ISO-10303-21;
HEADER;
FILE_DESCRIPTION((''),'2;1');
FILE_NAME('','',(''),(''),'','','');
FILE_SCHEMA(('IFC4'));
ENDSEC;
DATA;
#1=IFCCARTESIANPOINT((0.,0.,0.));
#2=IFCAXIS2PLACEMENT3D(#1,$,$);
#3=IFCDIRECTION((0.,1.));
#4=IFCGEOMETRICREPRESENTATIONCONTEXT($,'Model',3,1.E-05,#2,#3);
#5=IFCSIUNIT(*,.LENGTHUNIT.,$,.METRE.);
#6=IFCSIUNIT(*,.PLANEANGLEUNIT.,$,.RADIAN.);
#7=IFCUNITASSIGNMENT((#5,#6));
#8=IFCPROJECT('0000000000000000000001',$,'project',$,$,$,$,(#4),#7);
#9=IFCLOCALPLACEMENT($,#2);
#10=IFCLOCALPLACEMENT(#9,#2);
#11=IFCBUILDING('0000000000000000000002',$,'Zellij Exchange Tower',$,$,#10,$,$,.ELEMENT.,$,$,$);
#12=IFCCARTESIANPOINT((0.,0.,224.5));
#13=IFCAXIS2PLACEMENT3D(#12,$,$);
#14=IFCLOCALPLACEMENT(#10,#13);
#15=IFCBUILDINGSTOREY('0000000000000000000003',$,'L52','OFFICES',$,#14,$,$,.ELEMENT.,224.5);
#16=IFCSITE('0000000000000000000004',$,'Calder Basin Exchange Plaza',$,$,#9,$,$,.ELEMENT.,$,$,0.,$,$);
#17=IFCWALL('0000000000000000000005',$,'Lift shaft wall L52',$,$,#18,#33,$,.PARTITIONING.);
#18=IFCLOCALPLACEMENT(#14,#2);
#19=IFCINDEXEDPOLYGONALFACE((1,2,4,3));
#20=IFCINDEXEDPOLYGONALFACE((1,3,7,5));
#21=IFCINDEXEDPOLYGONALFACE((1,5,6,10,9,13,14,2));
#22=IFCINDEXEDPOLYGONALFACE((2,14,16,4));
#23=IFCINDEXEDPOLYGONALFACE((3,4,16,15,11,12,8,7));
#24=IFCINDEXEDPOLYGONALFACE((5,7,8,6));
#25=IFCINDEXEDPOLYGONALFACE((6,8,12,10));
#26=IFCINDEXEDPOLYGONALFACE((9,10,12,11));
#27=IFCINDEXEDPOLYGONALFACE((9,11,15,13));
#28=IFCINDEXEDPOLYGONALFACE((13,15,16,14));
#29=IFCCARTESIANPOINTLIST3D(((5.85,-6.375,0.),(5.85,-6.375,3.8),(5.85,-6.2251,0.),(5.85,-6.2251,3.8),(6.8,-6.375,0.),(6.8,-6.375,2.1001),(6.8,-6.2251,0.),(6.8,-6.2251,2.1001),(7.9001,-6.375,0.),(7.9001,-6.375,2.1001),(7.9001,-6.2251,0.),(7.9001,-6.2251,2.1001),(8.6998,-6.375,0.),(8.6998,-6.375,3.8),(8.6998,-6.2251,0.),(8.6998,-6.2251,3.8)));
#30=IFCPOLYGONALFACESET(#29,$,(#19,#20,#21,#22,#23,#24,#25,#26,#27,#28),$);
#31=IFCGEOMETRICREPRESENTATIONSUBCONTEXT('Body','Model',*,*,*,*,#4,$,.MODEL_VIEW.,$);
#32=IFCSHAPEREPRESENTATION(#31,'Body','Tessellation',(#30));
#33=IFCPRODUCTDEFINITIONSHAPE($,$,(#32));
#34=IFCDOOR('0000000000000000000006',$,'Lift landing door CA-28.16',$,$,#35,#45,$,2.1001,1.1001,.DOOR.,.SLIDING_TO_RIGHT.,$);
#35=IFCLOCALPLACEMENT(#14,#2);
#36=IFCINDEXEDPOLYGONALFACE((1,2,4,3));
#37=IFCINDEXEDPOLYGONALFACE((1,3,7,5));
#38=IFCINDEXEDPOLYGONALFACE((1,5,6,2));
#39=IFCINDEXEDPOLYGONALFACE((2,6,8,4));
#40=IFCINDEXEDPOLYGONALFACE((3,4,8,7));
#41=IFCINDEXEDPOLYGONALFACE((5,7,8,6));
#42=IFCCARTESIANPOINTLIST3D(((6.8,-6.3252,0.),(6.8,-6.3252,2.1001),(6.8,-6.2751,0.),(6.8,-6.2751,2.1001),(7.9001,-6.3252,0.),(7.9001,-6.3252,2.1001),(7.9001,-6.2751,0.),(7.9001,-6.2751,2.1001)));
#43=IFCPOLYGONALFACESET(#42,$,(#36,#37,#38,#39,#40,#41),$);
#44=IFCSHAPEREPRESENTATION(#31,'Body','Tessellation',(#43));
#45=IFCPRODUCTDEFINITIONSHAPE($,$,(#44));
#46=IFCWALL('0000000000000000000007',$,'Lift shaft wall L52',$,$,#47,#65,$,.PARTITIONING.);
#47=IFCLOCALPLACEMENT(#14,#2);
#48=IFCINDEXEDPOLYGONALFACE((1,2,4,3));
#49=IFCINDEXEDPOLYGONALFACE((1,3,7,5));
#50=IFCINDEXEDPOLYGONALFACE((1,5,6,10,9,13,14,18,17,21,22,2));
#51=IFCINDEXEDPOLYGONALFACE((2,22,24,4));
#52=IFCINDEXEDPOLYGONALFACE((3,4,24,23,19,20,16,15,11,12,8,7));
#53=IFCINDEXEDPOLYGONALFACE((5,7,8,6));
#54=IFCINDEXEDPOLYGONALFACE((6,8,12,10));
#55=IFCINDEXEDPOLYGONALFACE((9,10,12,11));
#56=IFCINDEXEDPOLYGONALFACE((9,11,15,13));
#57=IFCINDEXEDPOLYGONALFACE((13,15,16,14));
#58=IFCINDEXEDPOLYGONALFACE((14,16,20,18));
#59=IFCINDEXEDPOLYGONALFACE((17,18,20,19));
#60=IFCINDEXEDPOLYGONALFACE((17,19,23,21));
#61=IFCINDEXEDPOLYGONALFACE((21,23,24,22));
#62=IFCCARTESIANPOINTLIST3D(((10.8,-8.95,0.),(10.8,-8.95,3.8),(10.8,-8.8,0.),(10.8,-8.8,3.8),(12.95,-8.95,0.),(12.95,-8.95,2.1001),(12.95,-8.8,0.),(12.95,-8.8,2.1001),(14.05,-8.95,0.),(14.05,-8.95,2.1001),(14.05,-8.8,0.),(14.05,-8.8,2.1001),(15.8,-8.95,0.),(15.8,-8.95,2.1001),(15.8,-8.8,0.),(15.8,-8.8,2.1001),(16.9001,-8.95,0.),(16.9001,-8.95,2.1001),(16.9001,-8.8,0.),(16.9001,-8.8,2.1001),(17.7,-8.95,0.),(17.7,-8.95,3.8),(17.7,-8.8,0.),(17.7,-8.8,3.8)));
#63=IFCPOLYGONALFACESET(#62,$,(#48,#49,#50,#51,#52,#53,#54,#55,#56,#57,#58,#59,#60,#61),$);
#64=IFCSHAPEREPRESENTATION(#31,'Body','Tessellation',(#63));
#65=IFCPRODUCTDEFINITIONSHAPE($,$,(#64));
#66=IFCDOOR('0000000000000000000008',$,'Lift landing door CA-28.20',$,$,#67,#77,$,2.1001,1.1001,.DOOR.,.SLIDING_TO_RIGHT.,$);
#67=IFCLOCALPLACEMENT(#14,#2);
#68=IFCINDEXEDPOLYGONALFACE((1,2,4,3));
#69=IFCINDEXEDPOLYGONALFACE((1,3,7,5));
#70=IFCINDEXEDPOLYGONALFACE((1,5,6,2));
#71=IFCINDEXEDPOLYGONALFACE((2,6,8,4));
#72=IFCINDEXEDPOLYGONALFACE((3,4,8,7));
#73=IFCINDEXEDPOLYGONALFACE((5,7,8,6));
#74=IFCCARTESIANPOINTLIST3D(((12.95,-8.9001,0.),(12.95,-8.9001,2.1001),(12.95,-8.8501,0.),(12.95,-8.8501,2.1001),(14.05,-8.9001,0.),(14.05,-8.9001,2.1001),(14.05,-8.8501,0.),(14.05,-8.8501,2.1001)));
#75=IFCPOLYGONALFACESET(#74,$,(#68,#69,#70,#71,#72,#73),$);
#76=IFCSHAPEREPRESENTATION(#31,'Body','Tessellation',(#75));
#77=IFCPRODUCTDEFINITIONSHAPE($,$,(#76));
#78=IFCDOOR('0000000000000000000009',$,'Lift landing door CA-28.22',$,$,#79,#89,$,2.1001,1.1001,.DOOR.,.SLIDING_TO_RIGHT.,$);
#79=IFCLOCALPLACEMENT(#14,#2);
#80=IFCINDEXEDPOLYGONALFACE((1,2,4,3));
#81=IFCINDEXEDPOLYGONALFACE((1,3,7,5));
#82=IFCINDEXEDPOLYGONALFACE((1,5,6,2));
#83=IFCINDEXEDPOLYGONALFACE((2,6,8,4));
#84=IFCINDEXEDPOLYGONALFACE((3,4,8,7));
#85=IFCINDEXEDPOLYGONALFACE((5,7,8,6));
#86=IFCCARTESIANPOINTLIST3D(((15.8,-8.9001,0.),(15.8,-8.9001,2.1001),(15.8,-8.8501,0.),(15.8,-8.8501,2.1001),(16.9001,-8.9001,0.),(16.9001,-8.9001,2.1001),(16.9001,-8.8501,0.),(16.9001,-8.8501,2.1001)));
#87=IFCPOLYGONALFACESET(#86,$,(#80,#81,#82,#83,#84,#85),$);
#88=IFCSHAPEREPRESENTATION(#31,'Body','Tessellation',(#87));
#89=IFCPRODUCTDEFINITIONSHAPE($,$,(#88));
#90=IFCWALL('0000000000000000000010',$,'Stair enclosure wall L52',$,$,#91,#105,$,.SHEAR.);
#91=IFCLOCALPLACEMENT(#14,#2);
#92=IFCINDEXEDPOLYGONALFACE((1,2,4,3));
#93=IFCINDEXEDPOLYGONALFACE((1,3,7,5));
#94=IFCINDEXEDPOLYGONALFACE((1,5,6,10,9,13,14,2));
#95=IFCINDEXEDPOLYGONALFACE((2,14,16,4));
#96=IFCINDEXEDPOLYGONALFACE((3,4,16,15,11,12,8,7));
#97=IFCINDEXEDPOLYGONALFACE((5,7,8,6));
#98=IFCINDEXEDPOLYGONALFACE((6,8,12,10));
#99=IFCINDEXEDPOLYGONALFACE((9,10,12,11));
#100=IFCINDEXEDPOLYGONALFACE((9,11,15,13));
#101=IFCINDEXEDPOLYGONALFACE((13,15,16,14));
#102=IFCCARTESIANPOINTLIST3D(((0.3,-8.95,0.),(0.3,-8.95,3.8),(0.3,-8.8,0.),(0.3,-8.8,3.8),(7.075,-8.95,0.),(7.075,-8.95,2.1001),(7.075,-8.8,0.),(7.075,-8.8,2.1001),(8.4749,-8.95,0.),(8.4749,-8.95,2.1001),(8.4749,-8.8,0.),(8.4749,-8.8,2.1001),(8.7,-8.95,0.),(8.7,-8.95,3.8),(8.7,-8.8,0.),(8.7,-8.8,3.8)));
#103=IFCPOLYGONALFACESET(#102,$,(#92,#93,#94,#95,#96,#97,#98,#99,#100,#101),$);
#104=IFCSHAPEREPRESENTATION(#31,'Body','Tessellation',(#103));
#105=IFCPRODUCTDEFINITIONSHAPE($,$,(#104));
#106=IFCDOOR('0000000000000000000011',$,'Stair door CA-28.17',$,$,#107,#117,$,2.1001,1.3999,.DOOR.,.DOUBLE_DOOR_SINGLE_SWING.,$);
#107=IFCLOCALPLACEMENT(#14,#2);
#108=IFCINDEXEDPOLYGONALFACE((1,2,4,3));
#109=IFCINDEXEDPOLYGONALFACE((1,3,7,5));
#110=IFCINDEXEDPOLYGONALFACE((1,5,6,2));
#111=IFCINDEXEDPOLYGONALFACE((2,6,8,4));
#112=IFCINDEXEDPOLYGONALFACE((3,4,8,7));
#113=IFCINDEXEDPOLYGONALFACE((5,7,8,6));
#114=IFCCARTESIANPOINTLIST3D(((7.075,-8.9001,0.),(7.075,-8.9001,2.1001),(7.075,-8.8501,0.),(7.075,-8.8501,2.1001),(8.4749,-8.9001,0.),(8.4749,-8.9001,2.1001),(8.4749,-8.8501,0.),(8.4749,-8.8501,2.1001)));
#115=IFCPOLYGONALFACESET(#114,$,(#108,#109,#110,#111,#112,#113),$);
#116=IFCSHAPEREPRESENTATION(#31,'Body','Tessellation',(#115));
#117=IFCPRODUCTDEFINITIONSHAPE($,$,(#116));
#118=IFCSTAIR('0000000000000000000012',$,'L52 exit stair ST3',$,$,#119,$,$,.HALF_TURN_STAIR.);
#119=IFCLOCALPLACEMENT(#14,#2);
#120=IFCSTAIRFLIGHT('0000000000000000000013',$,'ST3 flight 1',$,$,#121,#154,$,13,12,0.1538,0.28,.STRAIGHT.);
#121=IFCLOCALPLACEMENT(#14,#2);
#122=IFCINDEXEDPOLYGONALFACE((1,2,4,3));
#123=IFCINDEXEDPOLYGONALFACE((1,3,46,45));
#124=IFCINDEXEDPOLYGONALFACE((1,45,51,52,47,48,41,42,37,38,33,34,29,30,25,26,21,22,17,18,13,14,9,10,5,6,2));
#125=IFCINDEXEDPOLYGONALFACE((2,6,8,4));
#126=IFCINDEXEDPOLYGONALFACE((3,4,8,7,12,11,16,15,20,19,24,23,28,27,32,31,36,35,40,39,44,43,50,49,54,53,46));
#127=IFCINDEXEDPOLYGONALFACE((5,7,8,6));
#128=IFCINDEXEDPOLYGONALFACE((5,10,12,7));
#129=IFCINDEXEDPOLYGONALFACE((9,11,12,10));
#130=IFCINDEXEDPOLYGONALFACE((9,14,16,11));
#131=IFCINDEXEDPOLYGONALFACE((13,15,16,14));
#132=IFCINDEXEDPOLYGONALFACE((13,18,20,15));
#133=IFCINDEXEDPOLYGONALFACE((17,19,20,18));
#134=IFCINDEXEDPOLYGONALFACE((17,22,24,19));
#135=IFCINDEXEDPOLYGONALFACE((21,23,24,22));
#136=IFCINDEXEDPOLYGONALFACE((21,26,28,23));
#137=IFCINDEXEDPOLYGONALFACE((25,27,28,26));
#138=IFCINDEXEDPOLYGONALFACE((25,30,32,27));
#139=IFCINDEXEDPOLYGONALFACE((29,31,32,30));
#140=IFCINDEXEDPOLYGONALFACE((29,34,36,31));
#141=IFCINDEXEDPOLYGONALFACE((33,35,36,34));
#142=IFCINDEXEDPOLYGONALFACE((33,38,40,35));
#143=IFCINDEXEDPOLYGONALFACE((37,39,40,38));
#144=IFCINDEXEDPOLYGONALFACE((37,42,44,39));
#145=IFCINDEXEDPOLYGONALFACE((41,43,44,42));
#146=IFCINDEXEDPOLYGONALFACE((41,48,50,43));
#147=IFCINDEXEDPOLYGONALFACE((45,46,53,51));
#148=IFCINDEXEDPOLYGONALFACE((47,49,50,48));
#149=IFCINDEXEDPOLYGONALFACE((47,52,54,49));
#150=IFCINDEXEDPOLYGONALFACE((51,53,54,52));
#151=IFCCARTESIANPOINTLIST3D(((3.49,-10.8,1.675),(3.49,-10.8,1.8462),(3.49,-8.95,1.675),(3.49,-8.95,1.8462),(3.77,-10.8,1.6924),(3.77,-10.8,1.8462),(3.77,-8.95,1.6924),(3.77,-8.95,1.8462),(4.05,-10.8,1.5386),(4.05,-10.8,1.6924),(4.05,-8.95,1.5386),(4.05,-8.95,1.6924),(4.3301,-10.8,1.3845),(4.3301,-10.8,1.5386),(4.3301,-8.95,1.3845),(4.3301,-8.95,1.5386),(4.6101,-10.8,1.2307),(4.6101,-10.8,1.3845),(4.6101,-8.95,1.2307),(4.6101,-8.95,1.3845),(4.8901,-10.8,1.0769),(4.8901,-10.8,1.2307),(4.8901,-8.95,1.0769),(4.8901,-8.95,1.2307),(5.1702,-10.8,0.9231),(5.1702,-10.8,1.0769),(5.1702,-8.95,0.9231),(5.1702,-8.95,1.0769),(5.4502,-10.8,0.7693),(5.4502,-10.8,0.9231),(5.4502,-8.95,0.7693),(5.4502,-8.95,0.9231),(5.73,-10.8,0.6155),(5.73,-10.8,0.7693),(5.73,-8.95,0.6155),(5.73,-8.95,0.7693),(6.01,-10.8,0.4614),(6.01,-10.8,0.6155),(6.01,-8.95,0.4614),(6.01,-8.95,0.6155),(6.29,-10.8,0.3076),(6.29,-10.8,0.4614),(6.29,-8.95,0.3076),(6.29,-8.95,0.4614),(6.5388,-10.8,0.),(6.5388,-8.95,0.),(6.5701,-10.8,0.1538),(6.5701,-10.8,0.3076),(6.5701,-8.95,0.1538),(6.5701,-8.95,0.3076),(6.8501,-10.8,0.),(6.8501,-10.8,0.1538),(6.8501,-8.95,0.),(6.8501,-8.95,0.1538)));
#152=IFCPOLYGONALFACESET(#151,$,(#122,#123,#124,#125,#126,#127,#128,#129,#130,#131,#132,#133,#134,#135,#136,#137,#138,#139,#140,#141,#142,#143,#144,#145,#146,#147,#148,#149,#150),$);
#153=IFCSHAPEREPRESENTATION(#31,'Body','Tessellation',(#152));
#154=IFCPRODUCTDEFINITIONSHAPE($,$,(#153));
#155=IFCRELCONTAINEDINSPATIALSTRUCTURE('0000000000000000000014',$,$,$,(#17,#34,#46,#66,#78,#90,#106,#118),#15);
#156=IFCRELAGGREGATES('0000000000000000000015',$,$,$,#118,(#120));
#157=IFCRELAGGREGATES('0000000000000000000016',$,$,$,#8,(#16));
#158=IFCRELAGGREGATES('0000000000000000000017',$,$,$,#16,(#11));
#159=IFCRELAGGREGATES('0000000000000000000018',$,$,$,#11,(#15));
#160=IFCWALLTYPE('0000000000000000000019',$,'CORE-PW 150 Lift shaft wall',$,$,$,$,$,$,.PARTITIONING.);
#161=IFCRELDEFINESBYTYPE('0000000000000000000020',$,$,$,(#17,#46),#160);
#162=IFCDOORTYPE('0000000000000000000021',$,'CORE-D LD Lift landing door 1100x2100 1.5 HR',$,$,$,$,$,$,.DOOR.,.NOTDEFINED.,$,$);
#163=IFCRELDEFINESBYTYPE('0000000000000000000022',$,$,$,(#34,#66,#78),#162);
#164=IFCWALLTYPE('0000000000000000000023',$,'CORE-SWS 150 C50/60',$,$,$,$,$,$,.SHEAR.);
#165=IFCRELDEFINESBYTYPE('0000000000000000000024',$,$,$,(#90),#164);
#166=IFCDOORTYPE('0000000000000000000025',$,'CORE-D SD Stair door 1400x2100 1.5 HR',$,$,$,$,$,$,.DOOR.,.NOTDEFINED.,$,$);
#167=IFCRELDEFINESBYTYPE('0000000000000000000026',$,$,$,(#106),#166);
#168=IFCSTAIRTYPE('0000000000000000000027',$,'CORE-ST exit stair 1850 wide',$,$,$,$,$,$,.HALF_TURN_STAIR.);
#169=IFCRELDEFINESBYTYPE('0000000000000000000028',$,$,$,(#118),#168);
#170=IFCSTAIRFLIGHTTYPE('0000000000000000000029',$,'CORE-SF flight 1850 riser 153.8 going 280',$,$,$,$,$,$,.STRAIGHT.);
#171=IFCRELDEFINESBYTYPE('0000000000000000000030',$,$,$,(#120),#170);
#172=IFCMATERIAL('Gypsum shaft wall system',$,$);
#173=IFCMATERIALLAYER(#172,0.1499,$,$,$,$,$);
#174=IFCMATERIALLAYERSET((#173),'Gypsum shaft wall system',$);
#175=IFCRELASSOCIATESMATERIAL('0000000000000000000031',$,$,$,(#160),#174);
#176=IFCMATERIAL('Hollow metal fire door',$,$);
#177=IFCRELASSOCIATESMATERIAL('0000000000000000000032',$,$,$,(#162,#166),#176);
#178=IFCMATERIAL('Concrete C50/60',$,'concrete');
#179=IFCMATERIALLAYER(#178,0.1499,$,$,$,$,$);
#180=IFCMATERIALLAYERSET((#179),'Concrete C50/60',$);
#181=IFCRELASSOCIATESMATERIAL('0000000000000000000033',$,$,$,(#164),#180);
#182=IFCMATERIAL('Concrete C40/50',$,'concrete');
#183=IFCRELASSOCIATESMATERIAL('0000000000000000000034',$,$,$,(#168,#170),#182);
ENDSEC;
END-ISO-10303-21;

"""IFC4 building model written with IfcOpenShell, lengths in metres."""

from ifc_helpers import new_model, si_unit, direction, frame, frame_2d, origin, place, context, subcontext, project, spatial, polyline, rectangle, outline, extrude, material, layer, layer_set, type_object, element, fill, aggregate, save


model = new_model("IFC4")

# Units and contexts
model_context = context("Model", 3, precision=1e-05, world=origin(), true_north=direction((0.0, 1.0)))
body_context = subcontext(model_context, "Body", "Model", "MODEL_VIEW")
ifc_project = project(units=[si_unit("LENGTHUNIT", "METRE"), si_unit("PLANEANGLEUNIT", "RADIAN")], contexts=[model_context])

# Site, building, storey
site_placement = place(None, origin())
site = spatial("IfcSite", under=ifc_project, at=site_placement, Name="Calder Basin Exchange Plaza", CompositionType="ELEMENT", RefElevation=0.0)
building_placement = place(site_placement, origin())
building = spatial("IfcBuilding", under=site, at=building_placement, Name="Zellij Exchange Tower", CompositionType="ELEMENT")
storey_placement = place(building_placement, frame((0.0, 0.0, 224.5)))
storey = spatial("IfcBuildingStorey", under=building, at=storey_placement, Name="L52", Description="OFFICES", CompositionType="ELEMENT", Elevation=224.5)

# Shared definitions
ifc_material_1 = material(Name="Concrete C50/60", Category="concrete")

# Shared definitions
ifc_material_2 = material(Name="Gypsum shaft wall system")
ifc_material_3 = material(Name="Hollow metal fire door")

# Shared definitions
ifc_layer_1 = layer(ifc_material_2, 0.1499)
ifc_layer_set_1 = layer_set([ifc_layer_1], Name="Gypsum shaft wall system")
wall_type_1 = type_object("IfcWallType", Name="CORE-PW 150 Lift shaft wall", PredefinedType="PARTITIONING", material=ifc_layer_set_1)

# Wall, opening, door
door_type_1 = type_object("IfcDoorType", Name="CORE-D LD Lift landing door 1100x2100 1.5 HR", OperationType="NOTDEFINED", PredefinedType="DOOR", material=ifc_material_3)
wall_1_placement = place(storey_placement, frame((5.8501, -6.3, 0.0), z_axis=(0.0, 0.0, 1.0), x_axis=(1.0, 0.0, 0.0)))
wall_1 = element("IfcWall", 1, at=wall_1_placement, inside=storey, type_object=wall_type_1, Name="Lift shaft wall L52", PredefinedType="PARTITIONING", context=body_context, shape_type="SweptSolid", body=[
    extrude(rectangle(XDim=2.8499, YDim=0.1499, at=frame_2d((1.4248, 0.0))), origin(), (0.0, 0.0, 1.0), 3.8),
])
opening_1_placement = place(wall_1_placement, frame((0.95, 0.0, 0.0)))
opening_1 = element("IfcOpeningElement", 2, at=opening_1_placement, cuts=wall_1, PredefinedType="OPENING", context=body_context, shape_type="SweptSolid", body=[
    extrude(rectangle(XDim=1.1001, YDim=2.1001, at=frame_2d((0.55, 1.05))), frame((0.0, 0.0869, 0.0), z_axis=(0.0, -1.0, 0.0), x_axis=(1.0, 0.0, 0.0)), (0.0, 0.0, 1.0), 0.1738),
])
door_1_placement = place(opening_1_placement, origin())
door_1 = element("IfcDoor", 3, at=door_1_placement, inside=storey, type_object=door_type_1, Name="Lift landing door CA-28.16", OperationType="SLIDING_TO_RIGHT", OverallHeight=2.1001, OverallWidth=1.1001, PredefinedType="DOOR", context=body_context, shape_type="SweptSolid", body=[
    extrude(rectangle(XDim=1.1001, YDim=2.1001, at=frame_2d((0.55, 1.05))), frame((0.0, 0.0249, 0.0), z_axis=(0.0, -1.0, 0.0), x_axis=(1.0, 0.0, 0.0)), (0.0, 0.0, 1.0), 0.05),
])
fill(opening_1, door_1)

# Wall, openings, doors
wall_2_placement = place(storey_placement, frame((10.8, -8.875, 0.0), z_axis=(0.0, 0.0, 1.0), x_axis=(1.0, 0.0, 0.0)))
wall_2 = element("IfcWall", 4, at=wall_2_placement, inside=storey, type_object=wall_type_1, Name="Lift shaft wall L52", PredefinedType="PARTITIONING", context=body_context, shape_type="SweptSolid", body=[
    extrude(rectangle(XDim=6.8999, YDim=0.1499, at=frame_2d((3.45, 0.0))), origin(), (0.0, 0.0, 1.0), 3.8),
])
opening_2_placement = place(wall_2_placement, frame((2.1499, 0.0, 0.0)))
opening_2 = element("IfcOpeningElement", 5, at=opening_2_placement, cuts=wall_2, PredefinedType="OPENING", context=body_context, shape_type="SweptSolid", body=[
    extrude(rectangle(XDim=1.1001, YDim=2.1001, at=frame_2d((0.55, 1.05))), frame((0.0, 0.0869, 0.0), z_axis=(0.0, -1.0, 0.0), x_axis=(1.0, 0.0, 0.0)), (0.0, 0.0, 1.0), 0.1738),
])
opening_3_placement = place(wall_2_placement, frame((5.0, 0.0, 0.0)))
opening_3 = element("IfcOpeningElement", 6, at=opening_3_placement, cuts=wall_2, PredefinedType="OPENING", context=body_context, shape_type="SweptSolid", body=[
    extrude(rectangle(XDim=1.1001, YDim=2.1001, at=frame_2d((0.55, 1.05))), frame((0.0, 0.0869, 0.0), z_axis=(0.0, -1.0, 0.0), x_axis=(1.0, 0.0, 0.0)), (0.0, 0.0, 1.0), 0.1738),
])
door_2_placement = place(opening_2_placement, origin())
door_2 = element("IfcDoor", 7, at=door_2_placement, inside=storey, type_object=door_type_1, Name="Lift landing door CA-28.20", OperationType="SLIDING_TO_RIGHT", OverallHeight=2.1001, OverallWidth=1.1001, PredefinedType="DOOR", context=body_context, shape_type="SweptSolid", body=[
    extrude(rectangle(XDim=1.1001, YDim=2.1001, at=frame_2d((0.55, 1.05))), frame((0.0, 0.0249, 0.0), z_axis=(0.0, -1.0, 0.0), x_axis=(1.0, 0.0, 0.0)), (0.0, 0.0, 1.0), 0.05),
])
fill(opening_2, door_2)
door_3_placement = place(opening_3_placement, origin())
door_3 = element("IfcDoor", 8, at=door_3_placement, inside=storey, type_object=door_type_1, Name="Lift landing door CA-28.22", OperationType="SLIDING_TO_RIGHT", OverallHeight=2.1001, OverallWidth=1.1001, PredefinedType="DOOR", context=body_context, shape_type="SweptSolid", body=[
    extrude(rectangle(XDim=1.1001, YDim=2.1001, at=frame_2d((0.55, 1.05))), frame((0.0, 0.0249, 0.0), z_axis=(0.0, -1.0, 0.0), x_axis=(1.0, 0.0, 0.0)), (0.0, 0.0, 1.0), 0.05),
])
fill(opening_3, door_3)

# Wall, opening, door
ifc_layer_2 = layer(ifc_material_1, 0.1499)
ifc_layer_set_2 = layer_set([ifc_layer_2], Name="Concrete C50/60")
wall_type_2 = type_object("IfcWallType", Name="CORE-SWS 150 C50/60", PredefinedType="SHEAR", material=ifc_layer_set_2)
wall_3_placement = place(storey_placement, frame((0.3, -8.875, 0.0), z_axis=(0.0, 0.0, 1.0), x_axis=(1.0, 0.0, 0.0)))
wall_3 = element("IfcWall", 9, at=wall_3_placement, inside=storey, type_object=wall_type_2, Name="Stair enclosure wall L52", PredefinedType="SHEAR", context=body_context, shape_type="SweptSolid", body=[
    extrude(rectangle(XDim=8.3999, YDim=0.1499, at=frame_2d((4.2, 0.0))), origin(), (0.0, 0.0, 1.0), 3.8),
])
opening_4_placement = place(wall_3_placement, frame((6.7749, 0.0, 0.0)))
opening_4 = element("IfcOpeningElement", 10, at=opening_4_placement, cuts=wall_3, PredefinedType="OPENING", context=body_context, shape_type="SweptSolid", body=[
    extrude(rectangle(XDim=1.3999, YDim=2.1001, at=frame_2d((0.7, 1.05))), frame((0.0, 0.0869, 0.0), z_axis=(0.0, -1.0, 0.0), x_axis=(1.0, 0.0, 0.0)), (0.0, 0.0, 1.0), 0.1738),
])
door_type_2 = type_object("IfcDoorType", Name="CORE-D SD Stair door 1400x2100 1.5 HR", OperationType="NOTDEFINED", PredefinedType="DOOR", material=ifc_material_3)
door_4_placement = place(opening_4_placement, origin())
door_4 = element("IfcDoor", 11, at=door_4_placement, inside=storey, type_object=door_type_2, Name="Stair door CA-28.17", OperationType="DOUBLE_DOOR_SINGLE_SWING", OverallHeight=2.1001, OverallWidth=1.3999, PredefinedType="DOOR", context=body_context, shape_type="SweptSolid", body=[
    extrude(rectangle(XDim=1.3999, YDim=2.1001, at=frame_2d((0.7, 1.05))), frame((0.0, 0.0249, 0.0), z_axis=(0.0, -1.0, 0.0), x_axis=(1.0, 0.0, 0.0)), (0.0, 0.0, 1.0), 0.05),
])
fill(opening_4, door_4)

# Stair, stair flight
ifc_material_4 = material(Name="Concrete C40/50", Category="concrete")
stair_type = type_object("IfcStairType", Name="CORE-ST exit stair 1850 wide", PredefinedType="HALF_TURN_STAIR", material=ifc_material_4)
stair_placement = place(storey_placement, origin())
stair = element("IfcStair", 12, at=stair_placement, inside=storey, type_object=stair_type, Name="L52 exit stair ST3", PredefinedType="HALF_TURN_STAIR")
stair_flight_type = type_object("IfcStairFlightType", Name="CORE-SF flight 1850 riser 153.8 going 280", PredefinedType="STRAIGHT", material=ifc_material_4)
stair_flight_1_placement = place(storey_placement, frame((6.8501, -9.875, 0.0), z_axis=(0.0, 0.0, 1.0), x_axis=(-1.0, 0.0, 0.0)))
stair_flight_1 = element("IfcStairFlight", 13, at=stair_flight_1_placement, type_object=stair_flight_type, Name="ST3 flight 1", NumberOfRisers=13, NumberOfTreads=12, PredefinedType="STRAIGHT", RiserHeight=0.1538, TreadLength=0.28, context=body_context, shape_type="SweptSolid", body=[
    extrude(outline(polyline([(0.0, 0.0), (0.0, 0.1538), (0.28, 0.1538), (0.28, 0.3076), (0.5601, 0.3076), (0.5601, 0.4614), (0.8401, 0.4614), (0.8401, 0.6155), (1.1201, 0.6155), (1.1201, 0.7693), (1.3999, 0.7693), (1.3999, 0.9231), (1.6799, 0.9231), (1.6799, 1.0769), (1.96, 1.0769), (1.96, 1.2307), (2.24, 1.2307), (2.24, 1.3845), (2.52, 1.3845), (2.52, 1.5386), (2.8, 1.5386), (2.8, 1.6924), (3.0801, 1.6924), (3.0801, 1.8462), (3.3601, 1.8462), (3.3601, 2.0), (3.3601, 1.675), (0.3113, 0.0), (0.0, 0.0)])), frame((0.0, 0.925, 0.0), z_axis=(0.0, -1.0, 0.0), x_axis=(1.0, 0.0, 0.0)), (0.0, 0.0, 1.0), 1.8501),
])
aggregate(stair, [stair_flight_1])

save(model, "model.ifc")
